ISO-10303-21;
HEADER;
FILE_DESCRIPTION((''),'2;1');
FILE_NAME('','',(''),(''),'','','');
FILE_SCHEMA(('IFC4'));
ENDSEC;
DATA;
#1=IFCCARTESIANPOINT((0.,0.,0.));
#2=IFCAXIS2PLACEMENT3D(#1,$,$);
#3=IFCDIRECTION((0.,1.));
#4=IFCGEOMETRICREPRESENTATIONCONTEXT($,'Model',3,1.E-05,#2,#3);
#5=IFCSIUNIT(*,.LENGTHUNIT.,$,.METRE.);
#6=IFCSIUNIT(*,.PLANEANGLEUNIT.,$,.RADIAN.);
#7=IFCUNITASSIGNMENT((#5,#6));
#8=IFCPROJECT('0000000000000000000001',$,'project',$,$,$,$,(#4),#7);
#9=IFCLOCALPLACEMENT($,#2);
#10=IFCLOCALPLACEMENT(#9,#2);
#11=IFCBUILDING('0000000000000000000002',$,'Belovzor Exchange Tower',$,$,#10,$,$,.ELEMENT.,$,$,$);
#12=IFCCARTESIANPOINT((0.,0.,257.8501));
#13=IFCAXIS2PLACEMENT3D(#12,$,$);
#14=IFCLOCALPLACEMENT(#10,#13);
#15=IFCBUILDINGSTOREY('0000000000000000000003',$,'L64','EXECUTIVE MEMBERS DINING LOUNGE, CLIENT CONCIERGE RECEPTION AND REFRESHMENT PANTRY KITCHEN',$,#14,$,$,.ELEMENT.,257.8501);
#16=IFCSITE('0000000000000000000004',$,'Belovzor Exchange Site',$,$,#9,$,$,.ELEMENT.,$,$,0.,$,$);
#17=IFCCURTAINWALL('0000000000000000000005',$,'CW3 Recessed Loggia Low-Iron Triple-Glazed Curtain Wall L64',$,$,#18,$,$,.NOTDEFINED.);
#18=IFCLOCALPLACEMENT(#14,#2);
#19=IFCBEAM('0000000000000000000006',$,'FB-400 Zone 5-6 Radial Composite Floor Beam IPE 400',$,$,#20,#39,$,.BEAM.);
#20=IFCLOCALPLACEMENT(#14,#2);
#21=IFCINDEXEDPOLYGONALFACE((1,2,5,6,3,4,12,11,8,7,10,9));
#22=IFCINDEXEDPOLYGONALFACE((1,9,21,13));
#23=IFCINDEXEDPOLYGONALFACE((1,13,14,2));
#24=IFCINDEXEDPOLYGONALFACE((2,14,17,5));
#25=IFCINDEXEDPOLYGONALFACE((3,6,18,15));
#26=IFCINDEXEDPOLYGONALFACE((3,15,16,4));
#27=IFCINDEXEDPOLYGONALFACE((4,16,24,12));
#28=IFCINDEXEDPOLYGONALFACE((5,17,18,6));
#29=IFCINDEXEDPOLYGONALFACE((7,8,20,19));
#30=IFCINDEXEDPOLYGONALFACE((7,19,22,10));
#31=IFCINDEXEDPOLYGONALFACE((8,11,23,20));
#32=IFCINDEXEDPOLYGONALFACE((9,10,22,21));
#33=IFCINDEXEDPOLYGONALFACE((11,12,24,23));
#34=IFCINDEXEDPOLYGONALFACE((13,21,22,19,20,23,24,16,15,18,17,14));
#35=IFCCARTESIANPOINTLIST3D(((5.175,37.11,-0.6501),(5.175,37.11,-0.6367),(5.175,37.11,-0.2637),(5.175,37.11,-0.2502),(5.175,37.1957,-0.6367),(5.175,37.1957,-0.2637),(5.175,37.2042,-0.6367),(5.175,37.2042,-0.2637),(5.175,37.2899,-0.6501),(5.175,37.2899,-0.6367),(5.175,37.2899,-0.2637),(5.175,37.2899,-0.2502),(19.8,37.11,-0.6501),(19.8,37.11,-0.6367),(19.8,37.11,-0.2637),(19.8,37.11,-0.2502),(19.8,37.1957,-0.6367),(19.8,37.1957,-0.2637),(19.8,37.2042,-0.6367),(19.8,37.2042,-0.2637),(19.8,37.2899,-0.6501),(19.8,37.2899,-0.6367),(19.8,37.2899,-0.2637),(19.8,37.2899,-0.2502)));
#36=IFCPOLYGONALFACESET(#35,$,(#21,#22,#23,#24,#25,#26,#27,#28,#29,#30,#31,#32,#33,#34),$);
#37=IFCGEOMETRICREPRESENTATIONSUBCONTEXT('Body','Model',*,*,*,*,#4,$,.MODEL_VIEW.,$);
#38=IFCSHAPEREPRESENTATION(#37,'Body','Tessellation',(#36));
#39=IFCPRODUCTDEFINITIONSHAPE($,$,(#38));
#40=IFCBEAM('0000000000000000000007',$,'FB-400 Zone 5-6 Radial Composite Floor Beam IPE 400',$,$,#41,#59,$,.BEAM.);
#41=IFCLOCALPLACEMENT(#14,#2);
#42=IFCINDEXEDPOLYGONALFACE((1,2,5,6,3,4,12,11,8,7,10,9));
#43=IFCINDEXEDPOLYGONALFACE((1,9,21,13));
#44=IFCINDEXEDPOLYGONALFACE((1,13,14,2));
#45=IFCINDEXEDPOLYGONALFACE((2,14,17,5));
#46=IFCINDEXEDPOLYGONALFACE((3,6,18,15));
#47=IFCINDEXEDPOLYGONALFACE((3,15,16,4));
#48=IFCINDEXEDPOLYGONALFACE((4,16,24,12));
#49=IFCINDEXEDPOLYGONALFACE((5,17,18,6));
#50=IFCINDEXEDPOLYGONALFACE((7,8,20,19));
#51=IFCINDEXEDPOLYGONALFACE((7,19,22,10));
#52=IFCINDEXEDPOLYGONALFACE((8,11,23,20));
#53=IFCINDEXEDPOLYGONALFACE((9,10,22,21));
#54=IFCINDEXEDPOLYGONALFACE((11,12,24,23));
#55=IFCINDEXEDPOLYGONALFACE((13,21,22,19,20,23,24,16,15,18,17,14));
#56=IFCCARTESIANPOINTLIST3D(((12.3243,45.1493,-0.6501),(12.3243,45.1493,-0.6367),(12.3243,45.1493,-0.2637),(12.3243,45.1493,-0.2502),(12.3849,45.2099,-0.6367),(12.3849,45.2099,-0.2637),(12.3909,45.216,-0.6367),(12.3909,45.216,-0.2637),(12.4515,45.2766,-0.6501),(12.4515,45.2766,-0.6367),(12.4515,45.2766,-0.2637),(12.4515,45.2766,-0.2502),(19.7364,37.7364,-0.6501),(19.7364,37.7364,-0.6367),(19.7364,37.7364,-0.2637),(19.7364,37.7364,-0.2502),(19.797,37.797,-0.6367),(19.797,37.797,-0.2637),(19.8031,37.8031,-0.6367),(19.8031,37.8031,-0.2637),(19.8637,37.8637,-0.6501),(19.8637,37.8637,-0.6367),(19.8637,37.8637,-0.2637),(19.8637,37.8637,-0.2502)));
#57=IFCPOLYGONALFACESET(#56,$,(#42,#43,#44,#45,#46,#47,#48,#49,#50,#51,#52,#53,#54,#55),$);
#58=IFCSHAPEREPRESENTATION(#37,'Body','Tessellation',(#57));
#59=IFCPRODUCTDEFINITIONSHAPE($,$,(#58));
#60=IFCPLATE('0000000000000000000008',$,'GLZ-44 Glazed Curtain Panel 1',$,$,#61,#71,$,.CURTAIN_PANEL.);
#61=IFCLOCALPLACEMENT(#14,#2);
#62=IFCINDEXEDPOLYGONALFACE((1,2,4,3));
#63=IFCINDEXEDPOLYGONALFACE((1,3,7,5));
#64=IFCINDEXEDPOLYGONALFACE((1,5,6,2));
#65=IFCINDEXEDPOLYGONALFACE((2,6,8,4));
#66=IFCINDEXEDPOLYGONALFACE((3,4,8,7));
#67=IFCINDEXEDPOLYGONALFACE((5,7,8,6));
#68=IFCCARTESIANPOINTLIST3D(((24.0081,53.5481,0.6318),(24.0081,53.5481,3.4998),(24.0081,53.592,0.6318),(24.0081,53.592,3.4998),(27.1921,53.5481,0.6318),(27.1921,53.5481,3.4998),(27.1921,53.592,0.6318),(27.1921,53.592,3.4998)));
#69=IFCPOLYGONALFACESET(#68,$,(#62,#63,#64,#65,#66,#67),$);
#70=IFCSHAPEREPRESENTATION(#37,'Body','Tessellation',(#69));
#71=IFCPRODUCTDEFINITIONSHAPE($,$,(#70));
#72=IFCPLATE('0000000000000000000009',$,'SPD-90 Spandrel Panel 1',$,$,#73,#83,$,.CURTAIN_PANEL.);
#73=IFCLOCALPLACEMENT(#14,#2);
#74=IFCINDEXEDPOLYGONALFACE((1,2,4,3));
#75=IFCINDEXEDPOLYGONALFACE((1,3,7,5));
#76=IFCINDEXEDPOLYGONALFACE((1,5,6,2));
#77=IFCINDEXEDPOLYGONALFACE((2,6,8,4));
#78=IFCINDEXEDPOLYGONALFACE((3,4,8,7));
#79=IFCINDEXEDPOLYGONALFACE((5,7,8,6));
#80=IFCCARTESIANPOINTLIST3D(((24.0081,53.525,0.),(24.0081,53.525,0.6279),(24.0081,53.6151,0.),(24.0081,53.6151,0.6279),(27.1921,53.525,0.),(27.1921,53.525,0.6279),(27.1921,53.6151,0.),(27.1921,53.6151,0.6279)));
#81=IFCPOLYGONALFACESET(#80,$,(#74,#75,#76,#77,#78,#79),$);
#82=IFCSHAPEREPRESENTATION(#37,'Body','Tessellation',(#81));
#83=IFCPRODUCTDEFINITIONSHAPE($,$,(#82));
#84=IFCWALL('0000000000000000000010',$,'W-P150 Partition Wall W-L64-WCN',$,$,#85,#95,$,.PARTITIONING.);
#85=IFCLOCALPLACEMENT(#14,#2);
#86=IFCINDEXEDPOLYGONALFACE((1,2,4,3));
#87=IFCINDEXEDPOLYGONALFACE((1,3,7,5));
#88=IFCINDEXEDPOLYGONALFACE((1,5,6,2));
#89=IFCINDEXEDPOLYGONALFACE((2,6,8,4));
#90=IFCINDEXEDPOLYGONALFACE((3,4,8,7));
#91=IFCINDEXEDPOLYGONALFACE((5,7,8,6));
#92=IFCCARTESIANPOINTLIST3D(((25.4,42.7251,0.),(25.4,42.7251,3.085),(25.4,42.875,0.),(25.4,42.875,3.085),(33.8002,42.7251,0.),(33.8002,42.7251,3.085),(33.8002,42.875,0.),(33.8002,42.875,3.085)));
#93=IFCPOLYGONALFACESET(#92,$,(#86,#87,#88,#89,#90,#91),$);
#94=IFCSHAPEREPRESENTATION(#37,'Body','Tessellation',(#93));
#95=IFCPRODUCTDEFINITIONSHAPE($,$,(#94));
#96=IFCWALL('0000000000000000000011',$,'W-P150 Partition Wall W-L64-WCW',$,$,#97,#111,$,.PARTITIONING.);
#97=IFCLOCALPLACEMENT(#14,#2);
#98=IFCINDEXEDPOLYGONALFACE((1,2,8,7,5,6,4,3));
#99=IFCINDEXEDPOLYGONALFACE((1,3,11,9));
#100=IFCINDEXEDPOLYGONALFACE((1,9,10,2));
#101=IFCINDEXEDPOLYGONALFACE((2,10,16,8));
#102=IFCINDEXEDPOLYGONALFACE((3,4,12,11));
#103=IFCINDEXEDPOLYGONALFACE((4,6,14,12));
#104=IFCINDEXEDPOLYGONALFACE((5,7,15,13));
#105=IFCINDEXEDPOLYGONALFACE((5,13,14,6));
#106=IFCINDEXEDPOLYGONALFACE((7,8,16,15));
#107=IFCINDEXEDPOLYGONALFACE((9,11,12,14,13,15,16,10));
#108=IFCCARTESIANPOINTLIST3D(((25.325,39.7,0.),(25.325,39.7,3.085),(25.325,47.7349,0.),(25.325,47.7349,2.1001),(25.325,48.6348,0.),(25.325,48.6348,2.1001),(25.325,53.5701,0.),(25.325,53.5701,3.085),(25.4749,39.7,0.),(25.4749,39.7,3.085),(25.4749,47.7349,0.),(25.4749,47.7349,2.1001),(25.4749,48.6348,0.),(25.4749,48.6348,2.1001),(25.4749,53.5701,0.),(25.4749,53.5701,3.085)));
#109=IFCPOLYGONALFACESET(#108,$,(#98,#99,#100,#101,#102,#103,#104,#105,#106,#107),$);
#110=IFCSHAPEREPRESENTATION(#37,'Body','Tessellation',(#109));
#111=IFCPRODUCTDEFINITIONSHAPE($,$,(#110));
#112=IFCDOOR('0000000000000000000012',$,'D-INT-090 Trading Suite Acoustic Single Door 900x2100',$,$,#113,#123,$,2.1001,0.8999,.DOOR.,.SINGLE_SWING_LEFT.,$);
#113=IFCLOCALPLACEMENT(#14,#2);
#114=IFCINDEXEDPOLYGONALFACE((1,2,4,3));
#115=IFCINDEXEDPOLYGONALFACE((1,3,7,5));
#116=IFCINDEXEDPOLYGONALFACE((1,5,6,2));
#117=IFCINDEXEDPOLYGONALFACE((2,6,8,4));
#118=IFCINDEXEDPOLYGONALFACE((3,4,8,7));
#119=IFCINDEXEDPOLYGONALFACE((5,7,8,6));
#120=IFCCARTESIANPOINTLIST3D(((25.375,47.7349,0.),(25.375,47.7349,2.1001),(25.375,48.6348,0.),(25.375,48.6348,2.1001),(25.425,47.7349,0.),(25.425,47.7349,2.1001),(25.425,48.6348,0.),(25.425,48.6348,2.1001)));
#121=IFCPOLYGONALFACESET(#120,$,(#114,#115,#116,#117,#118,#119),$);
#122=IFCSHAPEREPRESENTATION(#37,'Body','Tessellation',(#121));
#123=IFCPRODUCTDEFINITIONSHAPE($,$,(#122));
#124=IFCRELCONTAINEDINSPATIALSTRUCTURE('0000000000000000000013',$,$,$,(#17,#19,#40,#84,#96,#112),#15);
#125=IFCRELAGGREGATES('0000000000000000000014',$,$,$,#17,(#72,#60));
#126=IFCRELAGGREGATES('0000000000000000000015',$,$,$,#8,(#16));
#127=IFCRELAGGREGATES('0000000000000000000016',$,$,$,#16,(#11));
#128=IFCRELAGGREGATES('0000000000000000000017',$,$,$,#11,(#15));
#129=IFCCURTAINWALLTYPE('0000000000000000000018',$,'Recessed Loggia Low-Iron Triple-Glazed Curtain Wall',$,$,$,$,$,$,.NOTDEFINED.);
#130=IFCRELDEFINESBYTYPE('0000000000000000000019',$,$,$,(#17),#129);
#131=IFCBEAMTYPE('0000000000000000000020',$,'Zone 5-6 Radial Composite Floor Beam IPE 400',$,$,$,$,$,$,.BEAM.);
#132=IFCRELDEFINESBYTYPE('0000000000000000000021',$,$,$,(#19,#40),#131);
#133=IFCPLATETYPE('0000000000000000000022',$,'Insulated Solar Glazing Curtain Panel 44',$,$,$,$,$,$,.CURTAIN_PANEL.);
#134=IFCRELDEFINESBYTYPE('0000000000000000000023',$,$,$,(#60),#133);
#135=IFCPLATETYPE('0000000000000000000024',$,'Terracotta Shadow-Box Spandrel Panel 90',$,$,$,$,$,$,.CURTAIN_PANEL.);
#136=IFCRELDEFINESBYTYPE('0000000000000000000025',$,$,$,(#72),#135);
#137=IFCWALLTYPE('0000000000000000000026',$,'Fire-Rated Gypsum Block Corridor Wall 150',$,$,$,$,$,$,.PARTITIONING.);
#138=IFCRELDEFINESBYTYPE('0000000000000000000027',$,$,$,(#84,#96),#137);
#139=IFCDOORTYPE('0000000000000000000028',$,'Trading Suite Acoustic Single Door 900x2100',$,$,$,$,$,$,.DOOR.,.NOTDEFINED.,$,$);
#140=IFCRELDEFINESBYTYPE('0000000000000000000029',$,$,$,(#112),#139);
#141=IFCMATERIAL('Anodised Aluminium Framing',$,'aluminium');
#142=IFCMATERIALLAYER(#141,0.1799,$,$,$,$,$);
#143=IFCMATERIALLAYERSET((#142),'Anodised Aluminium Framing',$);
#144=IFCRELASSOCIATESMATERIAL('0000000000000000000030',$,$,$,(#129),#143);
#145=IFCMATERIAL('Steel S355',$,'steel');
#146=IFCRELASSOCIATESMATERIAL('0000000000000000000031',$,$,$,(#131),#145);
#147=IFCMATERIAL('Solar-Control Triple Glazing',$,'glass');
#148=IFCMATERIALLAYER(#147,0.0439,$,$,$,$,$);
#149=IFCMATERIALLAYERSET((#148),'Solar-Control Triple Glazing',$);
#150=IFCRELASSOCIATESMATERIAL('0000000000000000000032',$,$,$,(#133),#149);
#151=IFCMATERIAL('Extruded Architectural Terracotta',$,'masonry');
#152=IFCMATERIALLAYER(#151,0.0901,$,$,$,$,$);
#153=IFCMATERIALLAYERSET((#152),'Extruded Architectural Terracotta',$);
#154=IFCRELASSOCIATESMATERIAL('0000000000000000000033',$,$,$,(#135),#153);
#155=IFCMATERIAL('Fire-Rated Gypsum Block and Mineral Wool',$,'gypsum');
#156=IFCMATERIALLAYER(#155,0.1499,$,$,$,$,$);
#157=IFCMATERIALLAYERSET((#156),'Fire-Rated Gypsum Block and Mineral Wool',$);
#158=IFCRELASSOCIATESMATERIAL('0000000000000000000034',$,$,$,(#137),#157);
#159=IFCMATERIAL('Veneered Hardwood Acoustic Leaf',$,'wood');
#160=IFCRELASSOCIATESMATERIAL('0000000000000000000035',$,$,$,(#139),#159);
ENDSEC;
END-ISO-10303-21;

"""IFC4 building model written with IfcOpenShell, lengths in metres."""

from ifc_helpers import new_model, si_unit, direction, frame, frame_2d, origin, origin_2d, place, context, subcontext, project, spatial, rectangle, i_section, extrude, material, layer, layer_set, material_profile, profile_set, type_object, element, fill, aggregate, save


model = new_model("IFC4")

# Units and contexts
model_context = context("Model", 3, precision=1e-05, world=origin(), true_north=direction((0.0, 1.0)))
body_context = subcontext(model_context, "Body", "Model", "MODEL_VIEW")
ifc_project = project(units=[si_unit("LENGTHUNIT", "METRE"), si_unit("PLANEANGLEUNIT", "RADIAN")], contexts=[model_context])

# Site, building, storey
site_placement = place(None, origin())
site = spatial("IfcSite", under=ifc_project, at=site_placement, Name="Belovzor Exchange Site", CompositionType="ELEMENT", RefElevation=0.0)
building_placement = place(site_placement, origin())
building = spatial("IfcBuilding", under=site, at=building_placement, Name="Belovzor Exchange Tower", CompositionType="ELEMENT")
storey_placement = place(building_placement, frame((0.0, 0.0, 257.8501)))
storey = spatial("IfcBuildingStorey", under=building, at=storey_placement, Name="L64", Description="EXECUTIVE MEMBERS DINING LOUNGE, CLIENT CONCIERGE RECEPTION AND REFRESHMENT PANTRY KITCHEN", CompositionType="ELEMENT", Elevation=257.8501)

# Curtain wall
ifc_material_1 = material(Name="Anodised Aluminium Framing", Category="aluminium")
ifc_layer_1 = layer(ifc_material_1, 0.1799)
ifc_layer_set_1 = layer_set([ifc_layer_1], Name="Anodised Aluminium Framing")
curtain_wall_type = type_object("IfcCurtainWallType", Name="Recessed Loggia Low-Iron Triple-Glazed Curtain Wall", PredefinedType="NOTDEFINED", material=ifc_layer_set_1)
curtain_wall_placement = place(storey_placement, origin())
curtain_wall = element("IfcCurtainWall", 1, at=curtain_wall_placement, inside=storey, type_object=curtain_wall_type, Name="CW3 Recessed Loggia Low-Iron Triple-Glazed Curtain Wall L64", PredefinedType="NOTDEFINED")

# Beams
ifc_material_2 = material(Name="Steel S355", Category="steel")
ifc_material_profile_1 = material_profile(ifc_material_2, i_section(OverallWidth=0.1799, OverallDepth=0.3999, WebThickness=0.0085, FlangeThickness=0.0134, at=origin_2d()))
ifc_profile_set_1 = profile_set([ifc_material_profile_1], Name="Steel S355")
beam_type_1 = type_object("IfcBeamType", Name="Zone 5-6 Radial Composite Floor Beam IPE 400", PredefinedType="BEAM", material=ifc_profile_set_1)
for number, where, z_axis, x_axis, name in (
    (2, (19.8, 37.2, -0.4502), (-1.0, 0.0, 0.0), (0.0, -1.0, 0.0), "FB-400 Zone 5-6 Radial Composite Floor Beam IPE 400"),
):
    element("IfcBeam", number, at=place(storey_placement, frame(where, z_axis=z_axis, x_axis=x_axis)), inside=storey, type_object=beam_type_1, Name=name, PredefinedType="BEAM", context=body_context, shape_type="SweptSolid", body=[
        extrude(i_section(OverallWidth=0.1799, OverallDepth=0.3999, WebThickness=0.0085, FlangeThickness=0.0134, at=origin_2d()), origin(), (0.0, 0.0, 1.0), 14.625),
    ])
beam_1_placement = place(storey_placement, frame((19.8, 37.8, -0.4502), z_axis=(-0.707072, 0.707142, 0.0), x_axis=(-0.707142, -0.707072, 0.0)))
element("IfcBeam", 3, at=beam_1_placement, inside=storey, type_object=beam_type_1, Name="FB-400 Zone 5-6 Radial Composite Floor Beam IPE 400", PredefinedType="BEAM", context=body_context, shape_type="SweptSolid", body=[
    extrude(i_section(OverallWidth=0.1799, OverallDepth=0.3999, WebThickness=0.0085, FlangeThickness=0.0134, at=origin_2d()), origin(), (0.0, 0.0, 1.0), 10.4829),
])

# Plates
ifc_material_3 = material(Name="Solar-Control Triple Glazing", Category="glass")
ifc_layer_2 = layer(ifc_material_3, 0.0439)
ifc_layer_set_2 = layer_set([ifc_layer_2], Name="Solar-Control Triple Glazing")
plate_type_1 = type_object("IfcPlateType", Name="Insulated Solar Glazing Curtain Panel 44", PredefinedType="CURTAIN_PANEL", material=ifc_layer_set_2)
plate_1_placement = place(storey_placement, frame((25.6001, 53.5701, 0.6318), z_axis=(0.0, 0.0, 1.0), x_axis=(1.0, 0.0, 0.0)))
plate_1 = element("IfcPlate", 4, at=plate_1_placement, type_object=plate_type_1, Name="GLZ-44 Glazed Curtain Panel 1", PredefinedType="CURTAIN_PANEL", context=body_context, shape_type="SweptSolid", body=[
    extrude(rectangle(XDim=3.1841, YDim=0.0439, at=origin_2d()), origin(), (0.0, 0.0, 1.0), 2.8679),
])
ifc_material_4 = material(Name="Extruded Architectural Terracotta", Category="masonry")
ifc_layer_3 = layer(ifc_material_4, 0.0901)
ifc_layer_set_3 = layer_set([ifc_layer_3], Name="Extruded Architectural Terracotta")
plate_type_2 = type_object("IfcPlateType", Name="Terracotta Shadow-Box Spandrel Panel 90", PredefinedType="CURTAIN_PANEL", material=ifc_layer_set_3)
plate_2_placement = place(storey_placement, frame((25.6001, 53.5701, 0.0), z_axis=(0.0, 0.0, 1.0), x_axis=(1.0, 0.0, 0.0)))
plate_2 = element("IfcPlate", 5, at=plate_2_placement, type_object=plate_type_2, Name="SPD-90 Spandrel Panel 1", PredefinedType="CURTAIN_PANEL", context=body_context, shape_type="SweptSolid", body=[
    extrude(rectangle(XDim=3.1841, YDim=0.0901, at=origin_2d()), origin(), (0.0, 0.0, 1.0), 0.6279),
])
aggregate(curtain_wall, [plate_2, plate_1])

# Wall
ifc_material_5 = material(Name="Fire-Rated Gypsum Block and Mineral Wool", Category="gypsum")
ifc_layer_4 = layer(ifc_material_5, 0.1499)
ifc_layer_set_4 = layer_set([ifc_layer_4], Name="Fire-Rated Gypsum Block and Mineral Wool")
wall_type_1 = type_object("IfcWallType", Name="Fire-Rated Gypsum Block Corridor Wall 150", PredefinedType="PARTITIONING", material=ifc_layer_set_4)
wall_1_placement = place(storey_placement, frame((25.3999, 42.8, 0.0), z_axis=(0.0, 0.0, 1.0), x_axis=(1.0, 0.0, 0.0)))
element("IfcWall", 6, at=wall_1_placement, inside=storey, type_object=wall_type_1, Name="W-P150 Partition Wall W-L64-WCN", PredefinedType="PARTITIONING", context=body_context, shape_type="SweptSolid", body=[
    extrude(rectangle(XDim=8.4001, YDim=0.1499, at=frame_2d((4.2002, 0.0))), origin(), (0.0, 0.0, 1.0), 3.085),
])

# Wall, opening, door
wall_2_placement = place(storey_placement, frame((25.3999, 39.7, 0.0), z_axis=(0.0, 0.0, 1.0), x_axis=(0.0, 1.0, 0.0)))
wall_2 = element("IfcWall", 7, at=wall_2_placement, inside=storey, type_object=wall_type_1, Name="W-P150 Partition Wall W-L64-WCW", PredefinedType="PARTITIONING", context=body_context, shape_type="SweptSolid", body=[
    extrude(rectangle(XDim=13.8701, YDim=0.1499, at=frame_2d((6.9351, 0.0))), origin(), (0.0, 0.0, 1.0), 3.085),
])
opening_1_placement = place(wall_2_placement, frame((8.0349, 0.0, 0.0)))
opening_1 = element("IfcOpeningElement", 8, at=opening_1_placement, cuts=wall_2, PredefinedType="OPENING", context=body_context, shape_type="SweptSolid", body=[
    extrude(rectangle(XDim=0.8999, YDim=2.1001, at=frame_2d((0.45, 1.05))), frame((0.0, 0.085, 0.0), z_axis=(0.0, -1.0, 0.0), x_axis=(1.0, 0.0, 0.0)), (0.0, 0.0, 1.0), 0.1699),
])
ifc_material_6 = material(Name="Veneered Hardwood Acoustic Leaf", Category="wood")
door_type_1 = type_object("IfcDoorType", Name="Trading Suite Acoustic Single Door 900x2100", OperationType="NOTDEFINED", PredefinedType="DOOR", material=ifc_material_6)
door_1_placement = place(opening_1_placement, origin())
door_1 = element("IfcDoor", 9, at=door_1_placement, inside=storey, type_object=door_type_1, Name="D-INT-090 Trading Suite Acoustic Single Door 900x2100", OperationType="SINGLE_SWING_LEFT", OverallHeight=2.1001, OverallWidth=0.8999, PredefinedType="DOOR", context=body_context, shape_type="SweptSolid", body=[
    extrude(rectangle(XDim=0.8999, YDim=2.1001, at=frame_2d((0.45, 1.05))), frame((0.0, 0.0249, 0.0), z_axis=(0.0, -1.0, 0.0), x_axis=(1.0, 0.0, 0.0)), (0.0, 0.0, 1.0), 0.05),
])
fill(opening_1, door_1)

save(model, "model.ifc")
